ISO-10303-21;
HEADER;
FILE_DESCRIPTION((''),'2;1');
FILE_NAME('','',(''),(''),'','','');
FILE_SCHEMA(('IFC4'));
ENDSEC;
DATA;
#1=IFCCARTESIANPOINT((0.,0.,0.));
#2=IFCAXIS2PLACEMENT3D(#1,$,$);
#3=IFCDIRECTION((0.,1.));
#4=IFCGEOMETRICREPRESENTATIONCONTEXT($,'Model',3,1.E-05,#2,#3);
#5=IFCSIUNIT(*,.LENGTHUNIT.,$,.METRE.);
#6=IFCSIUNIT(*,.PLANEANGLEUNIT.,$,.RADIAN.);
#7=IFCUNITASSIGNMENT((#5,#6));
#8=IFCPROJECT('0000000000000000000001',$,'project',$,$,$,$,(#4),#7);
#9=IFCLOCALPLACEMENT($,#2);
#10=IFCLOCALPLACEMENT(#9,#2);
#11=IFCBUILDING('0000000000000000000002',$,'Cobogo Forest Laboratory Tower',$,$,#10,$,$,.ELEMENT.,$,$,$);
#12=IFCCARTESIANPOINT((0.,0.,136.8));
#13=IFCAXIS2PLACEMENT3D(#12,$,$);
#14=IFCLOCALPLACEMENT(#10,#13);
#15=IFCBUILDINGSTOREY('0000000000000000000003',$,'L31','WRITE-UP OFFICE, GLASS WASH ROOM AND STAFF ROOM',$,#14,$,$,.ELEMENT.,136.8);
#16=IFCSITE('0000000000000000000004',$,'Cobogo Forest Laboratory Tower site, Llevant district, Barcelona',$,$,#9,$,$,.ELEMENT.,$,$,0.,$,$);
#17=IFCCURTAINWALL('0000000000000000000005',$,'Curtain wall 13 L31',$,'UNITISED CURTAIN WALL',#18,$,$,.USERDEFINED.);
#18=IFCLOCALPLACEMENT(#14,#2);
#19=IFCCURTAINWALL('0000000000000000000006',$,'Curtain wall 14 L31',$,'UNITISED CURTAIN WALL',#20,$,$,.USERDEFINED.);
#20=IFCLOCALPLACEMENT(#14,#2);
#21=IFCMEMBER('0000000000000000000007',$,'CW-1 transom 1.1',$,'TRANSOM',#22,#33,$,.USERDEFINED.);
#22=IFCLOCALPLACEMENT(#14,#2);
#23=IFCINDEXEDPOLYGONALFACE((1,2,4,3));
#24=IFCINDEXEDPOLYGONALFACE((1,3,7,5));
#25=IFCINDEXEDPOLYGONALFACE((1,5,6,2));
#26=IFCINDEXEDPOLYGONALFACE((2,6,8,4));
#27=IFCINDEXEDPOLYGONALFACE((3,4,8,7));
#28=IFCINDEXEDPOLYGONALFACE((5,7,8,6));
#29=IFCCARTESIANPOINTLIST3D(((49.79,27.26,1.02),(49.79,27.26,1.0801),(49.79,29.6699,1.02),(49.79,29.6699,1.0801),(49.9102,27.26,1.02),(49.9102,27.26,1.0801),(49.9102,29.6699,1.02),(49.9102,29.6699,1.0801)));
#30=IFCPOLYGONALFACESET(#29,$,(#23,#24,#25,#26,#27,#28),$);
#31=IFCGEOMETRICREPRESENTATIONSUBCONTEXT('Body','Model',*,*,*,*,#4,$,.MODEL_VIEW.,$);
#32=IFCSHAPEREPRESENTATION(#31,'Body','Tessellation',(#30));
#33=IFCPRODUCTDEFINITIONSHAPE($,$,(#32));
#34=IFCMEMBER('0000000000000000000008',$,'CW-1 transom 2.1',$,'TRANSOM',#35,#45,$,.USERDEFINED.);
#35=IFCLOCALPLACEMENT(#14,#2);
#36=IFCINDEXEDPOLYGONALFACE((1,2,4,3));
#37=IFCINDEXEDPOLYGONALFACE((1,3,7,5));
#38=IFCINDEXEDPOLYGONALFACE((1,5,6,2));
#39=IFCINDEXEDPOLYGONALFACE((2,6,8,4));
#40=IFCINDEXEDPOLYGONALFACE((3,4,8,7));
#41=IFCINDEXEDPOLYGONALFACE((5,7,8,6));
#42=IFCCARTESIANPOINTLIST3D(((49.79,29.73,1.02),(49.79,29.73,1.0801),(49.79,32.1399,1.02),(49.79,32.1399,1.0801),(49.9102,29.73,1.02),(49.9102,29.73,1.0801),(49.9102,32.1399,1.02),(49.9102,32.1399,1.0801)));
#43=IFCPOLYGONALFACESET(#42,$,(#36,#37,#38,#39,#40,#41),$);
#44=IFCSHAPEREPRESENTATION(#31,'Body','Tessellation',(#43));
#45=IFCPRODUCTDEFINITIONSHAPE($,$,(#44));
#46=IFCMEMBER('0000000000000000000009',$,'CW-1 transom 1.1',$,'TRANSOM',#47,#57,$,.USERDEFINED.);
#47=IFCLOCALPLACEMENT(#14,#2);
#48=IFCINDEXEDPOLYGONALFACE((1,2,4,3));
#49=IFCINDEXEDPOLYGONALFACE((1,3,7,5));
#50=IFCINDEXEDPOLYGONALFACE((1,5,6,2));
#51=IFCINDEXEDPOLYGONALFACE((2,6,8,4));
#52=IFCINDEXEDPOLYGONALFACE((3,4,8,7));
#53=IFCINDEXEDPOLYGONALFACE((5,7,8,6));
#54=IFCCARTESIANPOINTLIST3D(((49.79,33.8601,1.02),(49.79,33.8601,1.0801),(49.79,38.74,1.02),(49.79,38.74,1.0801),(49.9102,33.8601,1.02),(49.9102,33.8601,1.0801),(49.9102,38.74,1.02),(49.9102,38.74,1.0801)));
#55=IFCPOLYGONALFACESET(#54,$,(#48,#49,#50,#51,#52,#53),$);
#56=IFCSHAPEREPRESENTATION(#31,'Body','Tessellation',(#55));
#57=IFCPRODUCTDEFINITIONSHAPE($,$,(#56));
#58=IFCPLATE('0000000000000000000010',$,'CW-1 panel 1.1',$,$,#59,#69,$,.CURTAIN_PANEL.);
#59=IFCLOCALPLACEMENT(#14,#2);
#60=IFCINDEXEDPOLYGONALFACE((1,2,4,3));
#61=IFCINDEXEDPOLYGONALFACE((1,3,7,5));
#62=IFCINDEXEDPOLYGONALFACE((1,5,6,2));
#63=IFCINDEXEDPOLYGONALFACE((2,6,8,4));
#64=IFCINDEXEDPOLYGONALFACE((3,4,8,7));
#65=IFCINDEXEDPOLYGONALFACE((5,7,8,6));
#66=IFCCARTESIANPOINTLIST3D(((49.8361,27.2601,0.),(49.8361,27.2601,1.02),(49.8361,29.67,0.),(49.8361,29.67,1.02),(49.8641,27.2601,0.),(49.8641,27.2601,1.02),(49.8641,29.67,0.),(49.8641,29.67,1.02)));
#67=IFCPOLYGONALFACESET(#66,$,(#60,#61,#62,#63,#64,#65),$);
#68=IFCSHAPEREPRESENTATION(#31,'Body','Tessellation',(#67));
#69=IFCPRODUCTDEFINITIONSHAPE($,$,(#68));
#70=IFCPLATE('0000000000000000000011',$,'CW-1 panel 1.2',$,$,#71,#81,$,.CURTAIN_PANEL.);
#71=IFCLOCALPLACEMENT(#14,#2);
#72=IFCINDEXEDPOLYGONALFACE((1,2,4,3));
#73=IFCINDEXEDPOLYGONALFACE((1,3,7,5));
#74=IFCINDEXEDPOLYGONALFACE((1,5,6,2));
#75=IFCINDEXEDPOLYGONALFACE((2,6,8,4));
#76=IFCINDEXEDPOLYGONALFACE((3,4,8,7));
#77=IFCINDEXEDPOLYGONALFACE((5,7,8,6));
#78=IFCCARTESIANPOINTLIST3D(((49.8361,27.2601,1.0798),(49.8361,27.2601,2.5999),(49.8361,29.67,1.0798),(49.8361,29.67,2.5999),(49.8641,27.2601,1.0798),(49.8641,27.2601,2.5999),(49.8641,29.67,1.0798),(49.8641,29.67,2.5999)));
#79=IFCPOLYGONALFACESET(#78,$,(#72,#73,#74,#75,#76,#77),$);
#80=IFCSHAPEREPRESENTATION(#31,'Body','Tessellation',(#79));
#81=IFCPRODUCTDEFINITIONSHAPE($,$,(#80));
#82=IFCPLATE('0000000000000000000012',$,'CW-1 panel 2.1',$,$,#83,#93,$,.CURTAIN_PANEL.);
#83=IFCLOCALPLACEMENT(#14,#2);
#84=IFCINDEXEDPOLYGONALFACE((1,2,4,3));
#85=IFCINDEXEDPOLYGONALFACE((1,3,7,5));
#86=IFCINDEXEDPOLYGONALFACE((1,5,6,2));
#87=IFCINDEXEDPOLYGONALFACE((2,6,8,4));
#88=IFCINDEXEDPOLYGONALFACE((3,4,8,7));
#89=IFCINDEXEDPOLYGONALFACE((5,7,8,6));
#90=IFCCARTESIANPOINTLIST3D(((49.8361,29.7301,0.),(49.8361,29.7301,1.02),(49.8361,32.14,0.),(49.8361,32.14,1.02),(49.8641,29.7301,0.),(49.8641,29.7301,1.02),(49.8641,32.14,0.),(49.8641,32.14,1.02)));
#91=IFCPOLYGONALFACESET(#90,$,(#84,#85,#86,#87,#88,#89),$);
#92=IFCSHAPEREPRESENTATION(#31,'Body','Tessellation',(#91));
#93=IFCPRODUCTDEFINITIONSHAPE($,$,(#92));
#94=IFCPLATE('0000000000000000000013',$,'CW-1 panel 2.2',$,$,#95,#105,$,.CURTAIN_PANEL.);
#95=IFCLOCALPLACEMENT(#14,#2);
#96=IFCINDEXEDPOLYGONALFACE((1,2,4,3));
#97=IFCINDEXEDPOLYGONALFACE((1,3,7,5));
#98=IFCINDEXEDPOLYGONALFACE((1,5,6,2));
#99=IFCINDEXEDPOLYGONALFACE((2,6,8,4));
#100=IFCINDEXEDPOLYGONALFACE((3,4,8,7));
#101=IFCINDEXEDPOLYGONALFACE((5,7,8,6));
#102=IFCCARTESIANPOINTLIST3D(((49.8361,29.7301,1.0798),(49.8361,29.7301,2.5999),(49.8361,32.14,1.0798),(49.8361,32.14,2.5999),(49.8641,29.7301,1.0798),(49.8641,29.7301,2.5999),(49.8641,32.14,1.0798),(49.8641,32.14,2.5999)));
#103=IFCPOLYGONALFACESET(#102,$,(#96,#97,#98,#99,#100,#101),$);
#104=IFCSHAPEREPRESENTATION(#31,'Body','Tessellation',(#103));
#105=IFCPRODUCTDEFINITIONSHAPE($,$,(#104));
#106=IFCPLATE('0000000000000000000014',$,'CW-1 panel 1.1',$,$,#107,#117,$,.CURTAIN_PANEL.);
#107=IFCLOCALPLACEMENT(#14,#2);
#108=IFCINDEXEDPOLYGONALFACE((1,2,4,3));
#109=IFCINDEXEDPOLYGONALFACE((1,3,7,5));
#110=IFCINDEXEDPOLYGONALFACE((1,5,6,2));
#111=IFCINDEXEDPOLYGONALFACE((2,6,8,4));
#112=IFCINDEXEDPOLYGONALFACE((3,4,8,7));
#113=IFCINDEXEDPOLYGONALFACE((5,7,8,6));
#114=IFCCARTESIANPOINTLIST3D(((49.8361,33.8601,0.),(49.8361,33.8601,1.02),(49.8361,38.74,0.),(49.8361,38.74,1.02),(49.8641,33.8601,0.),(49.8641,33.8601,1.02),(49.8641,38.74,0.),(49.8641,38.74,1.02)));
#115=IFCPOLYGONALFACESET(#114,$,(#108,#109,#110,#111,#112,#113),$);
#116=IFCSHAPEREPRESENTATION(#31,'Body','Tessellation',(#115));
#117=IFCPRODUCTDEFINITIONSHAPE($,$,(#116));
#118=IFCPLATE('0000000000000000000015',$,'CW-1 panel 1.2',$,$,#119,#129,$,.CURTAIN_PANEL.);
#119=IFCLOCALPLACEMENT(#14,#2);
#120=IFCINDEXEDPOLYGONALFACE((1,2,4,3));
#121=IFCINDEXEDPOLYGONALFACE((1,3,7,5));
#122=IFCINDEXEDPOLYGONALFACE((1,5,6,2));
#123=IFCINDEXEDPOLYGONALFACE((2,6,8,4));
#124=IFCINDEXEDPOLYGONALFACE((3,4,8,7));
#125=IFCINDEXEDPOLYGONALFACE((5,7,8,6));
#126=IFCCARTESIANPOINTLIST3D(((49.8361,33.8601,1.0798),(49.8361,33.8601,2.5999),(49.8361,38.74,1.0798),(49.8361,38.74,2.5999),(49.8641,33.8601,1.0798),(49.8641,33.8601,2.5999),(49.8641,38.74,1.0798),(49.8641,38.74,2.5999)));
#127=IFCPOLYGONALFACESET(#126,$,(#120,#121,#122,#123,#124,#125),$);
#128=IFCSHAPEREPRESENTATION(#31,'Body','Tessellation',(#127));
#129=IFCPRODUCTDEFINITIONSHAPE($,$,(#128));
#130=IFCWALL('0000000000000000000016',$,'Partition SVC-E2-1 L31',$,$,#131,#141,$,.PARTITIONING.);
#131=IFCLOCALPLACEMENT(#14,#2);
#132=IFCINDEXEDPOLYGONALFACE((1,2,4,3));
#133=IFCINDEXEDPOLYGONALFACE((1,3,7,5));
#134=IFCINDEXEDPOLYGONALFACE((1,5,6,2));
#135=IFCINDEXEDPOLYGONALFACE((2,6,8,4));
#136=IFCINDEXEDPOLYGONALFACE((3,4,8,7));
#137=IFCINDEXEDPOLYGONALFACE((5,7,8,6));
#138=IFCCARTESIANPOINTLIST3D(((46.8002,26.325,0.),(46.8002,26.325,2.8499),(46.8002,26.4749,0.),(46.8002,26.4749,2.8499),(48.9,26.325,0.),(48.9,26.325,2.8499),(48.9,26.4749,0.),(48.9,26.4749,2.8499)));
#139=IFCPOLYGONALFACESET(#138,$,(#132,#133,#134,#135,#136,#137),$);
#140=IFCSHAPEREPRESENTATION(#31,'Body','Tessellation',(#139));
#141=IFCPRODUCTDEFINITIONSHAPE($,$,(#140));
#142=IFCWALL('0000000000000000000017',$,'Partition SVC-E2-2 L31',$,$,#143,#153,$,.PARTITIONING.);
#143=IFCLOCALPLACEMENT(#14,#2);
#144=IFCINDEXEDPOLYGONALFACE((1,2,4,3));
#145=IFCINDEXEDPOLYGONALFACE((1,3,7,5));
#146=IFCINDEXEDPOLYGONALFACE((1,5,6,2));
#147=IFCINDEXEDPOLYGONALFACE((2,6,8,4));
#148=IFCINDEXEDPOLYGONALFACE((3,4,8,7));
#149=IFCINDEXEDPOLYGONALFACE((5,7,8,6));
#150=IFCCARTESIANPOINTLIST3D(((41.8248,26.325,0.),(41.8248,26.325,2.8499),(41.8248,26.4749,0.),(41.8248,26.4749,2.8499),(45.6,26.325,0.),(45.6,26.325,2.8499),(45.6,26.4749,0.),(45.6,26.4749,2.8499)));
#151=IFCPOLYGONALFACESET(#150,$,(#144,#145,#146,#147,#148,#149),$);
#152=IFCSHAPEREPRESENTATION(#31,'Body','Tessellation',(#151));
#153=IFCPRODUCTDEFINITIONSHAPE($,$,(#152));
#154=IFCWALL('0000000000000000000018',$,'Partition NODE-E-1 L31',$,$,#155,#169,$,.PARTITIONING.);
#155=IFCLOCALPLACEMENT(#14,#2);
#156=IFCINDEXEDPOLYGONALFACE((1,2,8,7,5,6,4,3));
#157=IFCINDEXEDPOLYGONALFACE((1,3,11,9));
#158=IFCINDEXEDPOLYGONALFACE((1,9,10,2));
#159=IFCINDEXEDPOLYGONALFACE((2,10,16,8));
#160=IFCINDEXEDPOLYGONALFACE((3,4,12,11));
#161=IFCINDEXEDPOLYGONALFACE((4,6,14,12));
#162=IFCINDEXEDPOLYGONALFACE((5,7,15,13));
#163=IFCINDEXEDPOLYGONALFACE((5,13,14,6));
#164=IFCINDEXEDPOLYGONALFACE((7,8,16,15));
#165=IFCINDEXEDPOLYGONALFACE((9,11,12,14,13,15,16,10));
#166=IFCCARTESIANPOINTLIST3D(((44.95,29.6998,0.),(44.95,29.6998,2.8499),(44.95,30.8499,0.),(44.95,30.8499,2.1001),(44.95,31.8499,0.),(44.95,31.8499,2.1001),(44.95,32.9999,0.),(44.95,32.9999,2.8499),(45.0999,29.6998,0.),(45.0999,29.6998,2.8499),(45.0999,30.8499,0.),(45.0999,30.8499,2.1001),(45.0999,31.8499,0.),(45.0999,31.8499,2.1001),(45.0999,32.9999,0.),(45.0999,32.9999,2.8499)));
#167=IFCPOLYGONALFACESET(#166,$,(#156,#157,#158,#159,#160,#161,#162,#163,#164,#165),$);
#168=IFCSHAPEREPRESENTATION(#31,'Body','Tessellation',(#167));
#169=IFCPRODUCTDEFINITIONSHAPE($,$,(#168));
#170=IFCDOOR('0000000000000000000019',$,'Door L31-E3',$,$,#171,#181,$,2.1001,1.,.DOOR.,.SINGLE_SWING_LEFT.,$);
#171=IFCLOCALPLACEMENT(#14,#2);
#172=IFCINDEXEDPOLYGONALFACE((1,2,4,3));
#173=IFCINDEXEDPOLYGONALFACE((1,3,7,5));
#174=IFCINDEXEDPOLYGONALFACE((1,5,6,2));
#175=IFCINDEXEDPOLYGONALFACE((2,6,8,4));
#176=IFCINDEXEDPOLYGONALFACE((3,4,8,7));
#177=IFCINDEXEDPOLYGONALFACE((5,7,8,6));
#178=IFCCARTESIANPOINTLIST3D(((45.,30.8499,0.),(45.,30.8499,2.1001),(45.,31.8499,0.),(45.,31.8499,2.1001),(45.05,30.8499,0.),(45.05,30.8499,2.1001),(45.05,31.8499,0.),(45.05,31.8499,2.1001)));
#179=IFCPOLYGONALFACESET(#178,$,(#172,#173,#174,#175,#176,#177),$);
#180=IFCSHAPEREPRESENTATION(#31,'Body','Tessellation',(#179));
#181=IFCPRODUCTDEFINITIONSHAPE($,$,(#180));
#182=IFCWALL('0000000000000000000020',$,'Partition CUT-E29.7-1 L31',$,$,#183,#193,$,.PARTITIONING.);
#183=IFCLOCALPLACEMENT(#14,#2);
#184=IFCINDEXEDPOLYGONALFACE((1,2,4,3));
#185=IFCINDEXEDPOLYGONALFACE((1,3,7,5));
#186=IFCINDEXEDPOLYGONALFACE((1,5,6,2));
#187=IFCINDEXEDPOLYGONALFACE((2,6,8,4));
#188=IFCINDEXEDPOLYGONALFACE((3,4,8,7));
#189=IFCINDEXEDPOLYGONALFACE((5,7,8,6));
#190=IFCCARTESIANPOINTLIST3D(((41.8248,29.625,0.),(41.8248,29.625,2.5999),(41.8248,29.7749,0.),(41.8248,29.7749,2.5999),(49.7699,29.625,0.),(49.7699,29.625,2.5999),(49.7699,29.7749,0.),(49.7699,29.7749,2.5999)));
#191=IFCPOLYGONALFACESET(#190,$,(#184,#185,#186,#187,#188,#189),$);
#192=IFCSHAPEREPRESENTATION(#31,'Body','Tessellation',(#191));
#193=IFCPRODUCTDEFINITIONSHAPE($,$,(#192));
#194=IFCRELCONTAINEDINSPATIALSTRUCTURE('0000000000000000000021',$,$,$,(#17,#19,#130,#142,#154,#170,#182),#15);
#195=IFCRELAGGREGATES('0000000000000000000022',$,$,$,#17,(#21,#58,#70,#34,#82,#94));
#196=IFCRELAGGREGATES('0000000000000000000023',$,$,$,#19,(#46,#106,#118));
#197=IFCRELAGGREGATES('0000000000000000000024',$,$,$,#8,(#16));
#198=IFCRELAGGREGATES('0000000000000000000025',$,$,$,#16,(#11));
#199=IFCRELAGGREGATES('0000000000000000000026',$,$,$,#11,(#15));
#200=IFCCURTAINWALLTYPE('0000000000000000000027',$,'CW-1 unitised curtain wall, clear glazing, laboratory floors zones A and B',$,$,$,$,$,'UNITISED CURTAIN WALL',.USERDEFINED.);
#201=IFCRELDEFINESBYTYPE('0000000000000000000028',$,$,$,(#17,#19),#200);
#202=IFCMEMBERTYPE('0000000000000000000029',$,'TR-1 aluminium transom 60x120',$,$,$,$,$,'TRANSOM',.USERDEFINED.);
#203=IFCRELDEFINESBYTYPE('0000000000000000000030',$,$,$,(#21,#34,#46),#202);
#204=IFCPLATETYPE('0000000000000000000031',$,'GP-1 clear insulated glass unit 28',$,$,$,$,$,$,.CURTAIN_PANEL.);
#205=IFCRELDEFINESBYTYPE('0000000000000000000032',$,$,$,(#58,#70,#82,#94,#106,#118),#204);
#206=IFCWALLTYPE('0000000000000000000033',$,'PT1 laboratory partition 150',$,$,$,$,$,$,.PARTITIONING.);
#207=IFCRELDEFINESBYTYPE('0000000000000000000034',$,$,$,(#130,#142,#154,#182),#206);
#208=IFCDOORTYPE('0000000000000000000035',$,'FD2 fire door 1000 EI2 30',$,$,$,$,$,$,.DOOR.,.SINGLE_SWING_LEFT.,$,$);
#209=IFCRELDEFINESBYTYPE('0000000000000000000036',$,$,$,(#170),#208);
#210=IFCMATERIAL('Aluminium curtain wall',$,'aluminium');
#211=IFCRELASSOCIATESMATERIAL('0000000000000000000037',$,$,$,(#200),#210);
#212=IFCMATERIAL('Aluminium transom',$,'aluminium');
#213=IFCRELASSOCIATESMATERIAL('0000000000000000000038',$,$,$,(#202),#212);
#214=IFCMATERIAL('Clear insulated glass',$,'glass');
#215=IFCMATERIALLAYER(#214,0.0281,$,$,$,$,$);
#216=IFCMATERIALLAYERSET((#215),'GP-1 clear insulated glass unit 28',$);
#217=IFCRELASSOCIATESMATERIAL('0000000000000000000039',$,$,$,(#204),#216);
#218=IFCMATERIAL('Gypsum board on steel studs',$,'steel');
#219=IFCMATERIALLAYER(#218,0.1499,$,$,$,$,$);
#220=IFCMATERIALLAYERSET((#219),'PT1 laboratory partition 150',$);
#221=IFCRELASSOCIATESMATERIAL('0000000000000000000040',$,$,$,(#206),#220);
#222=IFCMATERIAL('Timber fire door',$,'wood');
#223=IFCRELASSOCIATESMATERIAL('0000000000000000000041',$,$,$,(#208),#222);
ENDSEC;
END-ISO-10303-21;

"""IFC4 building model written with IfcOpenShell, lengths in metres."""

from ifc_helpers import new_model, si_unit, direction, frame, frame_2d, origin, origin_2d, place, context, subcontext, project, spatial, rectangle, extrude, material, layer, layer_set, material_profile, profile_set, type_object, element, fill, aggregate, save


model = new_model("IFC4")

# Units and contexts
model_context = context("Model", 3, precision=1e-05, world=origin(), true_north=direction((0.0, 1.0)))
body_context = subcontext(model_context, "Body", "Model", "MODEL_VIEW")
ifc_project = project(units=[si_unit("LENGTHUNIT", "METRE"), si_unit("PLANEANGLEUNIT", "RADIAN")], contexts=[model_context])

# Site, building, storey
site_placement = place(None, origin())
site = spatial("IfcSite", under=ifc_project, at=site_placement, Name="Cobogo Forest Laboratory Tower site, Llevant district, Barcelona", CompositionType="ELEMENT", RefElevation=0.0)
building_placement = place(site_placement, origin())
building = spatial("IfcBuilding", under=site, at=building_placement, Name="Cobogo Forest Laboratory Tower", CompositionType="ELEMENT")
storey_placement = place(building_placement, frame((0.0, 0.0, 136.8)))
storey = spatial("IfcBuildingStorey", under=building, at=storey_placement, Name="L31", Description="WRITE-UP OFFICE, GLASS WASH ROOM AND STAFF ROOM", CompositionType="ELEMENT", Elevation=136.8)

# Curtain walls
ifc_material_1 = material(Name="Aluminium curtain wall", Category="aluminium")
curtain_wall_type = type_object("IfcCurtainWallType", Name="CW-1 unitised curtain wall, clear glazing, laboratory floors zones A and B", ElementType="UNITISED CURTAIN WALL", PredefinedType="USERDEFINED", material=ifc_material_1)
curtain_wall_1_placement = place(storey_placement, origin())
curtain_wall_1 = element("IfcCurtainWall", 1, at=curtain_wall_1_placement, inside=storey, type_object=curtain_wall_type, Name="Curtain wall 13 L31", ObjectType="UNITISED CURTAIN WALL", PredefinedType="USERDEFINED")
curtain_wall_2_placement = place(storey_placement, origin())
curtain_wall_2 = element("IfcCurtainWall", 2, at=curtain_wall_2_placement, inside=storey, type_object=curtain_wall_type, Name="Curtain wall 14 L31", ObjectType="UNITISED CURTAIN WALL", PredefinedType="USERDEFINED")

# Members
ifc_material_2 = material(Name="Aluminium transom", Category="aluminium")
ifc_material_profile_1 = material_profile(ifc_material_2, rectangle(XDim=0.1201, YDim=0.0601, at=origin_2d()), Name="AL 60x120")
ifc_profile_set_1 = profile_set([ifc_material_profile_1], Name="Aluminium transom")
member_type_1 = type_object("IfcMemberType", Name="TR-1 aluminium transom 60x120", ElementType="TRANSOM", PredefinedType="USERDEFINED", material=ifc_profile_set_1)
member_1_placement = place(storey_placement, frame((49.8501, 27.26, 1.05), z_axis=(0.0, 1.0, 0.0), x_axis=(-1.0, 0.0, 0.0)))
member_1 = element("IfcMember", 3, at=member_1_placement, type_object=member_type_1, Name="CW-1 transom 1.1", ObjectType="TRANSOM", PredefinedType="USERDEFINED", context=body_context, shape_type="SweptSolid", body=[
    extrude(rectangle(XDim=0.1201, YDim=0.0601, at=origin_2d()), origin(), (0.0, 0.0, 1.0), 2.4099),
])
member_2_placement = place(storey_placement, frame((49.8501, 29.73, 1.05), z_axis=(0.0, 1.0, 0.0), x_axis=(-1.0, 0.0, 0.0)))
member_2 = element("IfcMember", 4, at=member_2_placement, type_object=member_type_1, Name="CW-1 transom 2.1", ObjectType="TRANSOM", PredefinedType="USERDEFINED", context=body_context, shape_type="SweptSolid", body=[
    extrude(rectangle(XDim=0.1201, YDim=0.0601, at=origin_2d()), origin(), (0.0, 0.0, 1.0), 2.4099),
])
member_3_placement = place(storey_placement, frame((49.8501, 33.8601, 1.05), z_axis=(0.0, 1.0, 0.0), x_axis=(-1.0, 0.0, 0.0)))
member_3 = element("IfcMember", 5, at=member_3_placement, type_object=member_type_1, Name="CW-1 transom 1.1", ObjectType="TRANSOM", PredefinedType="USERDEFINED", context=body_context, shape_type="SweptSolid", body=[
    extrude(rectangle(XDim=0.1201, YDim=0.0601, at=origin_2d()), origin(), (0.0, 0.0, 1.0), 4.8799),
])

# Plates
ifc_material_3 = material(Name="Clear insulated glass", Category="glass")
ifc_layer_1 = layer(ifc_material_3, 0.0281)
ifc_layer_set_1 = layer_set([ifc_layer_1], Name="GP-1 clear insulated glass unit 28")
plate_type_1 = type_object("IfcPlateType", Name="GP-1 clear insulated glass unit 28", PredefinedType="CURTAIN_PANEL", material=ifc_layer_set_1)
plate_1_placement = place(storey_placement, frame((49.8501, 28.4651, 0.0), z_axis=(0.0, 0.0, 1.0), x_axis=(0.0, 1.0, 0.0)))
plate_1 = element("IfcPlate", 6, at=plate_1_placement, type_object=plate_type_1, Name="CW-1 panel 1.1", PredefinedType="CURTAIN_PANEL", context=body_context, shape_type="SweptSolid", body=[
    extrude(rectangle(XDim=2.4099, YDim=0.0281, at=origin_2d()), origin(), (0.0, 0.0, 1.0), 1.02),
])
plate_2_placement = place(storey_placement, frame((49.8501, 28.4651, 1.0798), z_axis=(0.0, 0.0, 1.0), x_axis=(0.0, 1.0, 0.0)))
plate_2 = element("IfcPlate", 7, at=plate_2_placement, type_object=plate_type_1, Name="CW-1 panel 1.2", PredefinedType="CURTAIN_PANEL", context=body_context, shape_type="SweptSolid", body=[
    extrude(rectangle(XDim=2.4099, YDim=0.0281, at=origin_2d()), origin(), (0.0, 0.0, 1.0), 1.52),
])
plate_3_placement = place(storey_placement, frame((49.8501, 30.9351, 0.0), z_axis=(0.0, 0.0, 1.0), x_axis=(0.0, 1.0, 0.0)))
plate_3 = element("IfcPlate", 8, at=plate_3_placement, type_object=plate_type_1, Name="CW-1 panel 2.1", PredefinedType="CURTAIN_PANEL", context=body_context, shape_type="SweptSolid", body=[
    extrude(rectangle(XDim=2.4099, YDim=0.0281, at=origin_2d()), origin(), (0.0, 0.0, 1.0), 1.02),
])
plate_4_placement = place(storey_placement, frame((49.8501, 30.9351, 1.0798), z_axis=(0.0, 0.0, 1.0), x_axis=(0.0, 1.0, 0.0)))
plate_4 = element("IfcPlate", 9, at=plate_4_placement, type_object=plate_type_1, Name="CW-1 panel 2.2", PredefinedType="CURTAIN_PANEL", context=body_context, shape_type="SweptSolid", body=[
    extrude(rectangle(XDim=2.4099, YDim=0.0281, at=origin_2d()), origin(), (0.0, 0.0, 1.0), 1.52),
])
aggregate(curtain_wall_1, [member_1, plate_1, plate_2, member_2, plate_3, plate_4])
plate_5_placement = place(storey_placement, frame((49.8501, 36.3, 0.0), z_axis=(0.0, 0.0, 1.0), x_axis=(0.0, 1.0, 0.0)))
plate_5 = element("IfcPlate", 10, at=plate_5_placement, type_object=plate_type_1, Name="CW-1 panel 1.1", PredefinedType="CURTAIN_PANEL", context=body_context, shape_type="SweptSolid", body=[
    extrude(rectangle(XDim=4.8799, YDim=0.0281, at=origin_2d()), origin(), (0.0, 0.0, 1.0), 1.02),
])
plate_6_placement = place(storey_placement, frame((49.8501, 36.3, 1.0798), z_axis=(0.0, 0.0, 1.0), x_axis=(0.0, 1.0, 0.0)))
plate_6 = element("IfcPlate", 11, at=plate_6_placement, type_object=plate_type_1, Name="CW-1 panel 1.2", PredefinedType="CURTAIN_PANEL", context=body_context, shape_type="SweptSolid", body=[
    extrude(rectangle(XDim=4.8799, YDim=0.0281, at=origin_2d()), origin(), (0.0, 0.0, 1.0), 1.52),
])
aggregate(curtain_wall_2, [member_3, plate_5, plate_6])

# Walls
ifc_material_4 = material(Name="Gypsum board on steel studs", Category="steel")
ifc_layer_2 = layer(ifc_material_4, 0.1499)
ifc_layer_set_2 = layer_set([ifc_layer_2], Name="PT1 laboratory partition 150")
wall_type = type_object("IfcWallType", Name="PT1 laboratory partition 150", PredefinedType="PARTITIONING", material=ifc_layer_set_2)
wall_1_placement = place(storey_placement, frame((48.8999, 26.3999, 0.0), z_axis=(0.0, 0.0, 1.0), x_axis=(-1.0, 0.0, 0.0)))
element("IfcWall", 12, at=wall_1_placement, inside=storey, type_object=wall_type, Name="Partition SVC-E2-1 L31", PredefinedType="PARTITIONING", context=body_context, shape_type="SweptSolid", body=[
    extrude(rectangle(XDim=2.0999, YDim=0.1499, at=frame_2d((1.0498, 0.0))), origin(), (0.0, 0.0, 1.0), 2.8499),
])
wall_2_placement = place(storey_placement, frame((45.6001, 26.3999, 0.0), z_axis=(0.0, 0.0, 1.0), x_axis=(-1.0, 0.0, 0.0)))
element("IfcWall", 13, at=wall_2_placement, inside=storey, type_object=wall_type, Name="Partition SVC-E2-2 L31", PredefinedType="PARTITIONING", context=body_context, shape_type="SweptSolid", body=[
    extrude(rectangle(XDim=3.7751, YDim=0.1499, at=frame_2d((1.8877, 0.0))), origin(), (0.0, 0.0, 1.0), 2.8499),
])

# Wall, opening, door
wall_3_placement = place(storey_placement, frame((45.0249, 29.7, 0.0), z_axis=(0.0, 0.0, 1.0), x_axis=(0.0, 1.0, 0.0)))
wall_3 = element("IfcWall", 14, at=wall_3_placement, inside=storey, type_object=wall_type, Name="Partition NODE-E-1 L31", PredefinedType="PARTITIONING", context=body_context, shape_type="SweptSolid", body=[
    extrude(rectangle(XDim=3.3, YDim=0.1499, at=frame_2d((1.6499, 0.0))), origin(), (0.0, 0.0, 1.0), 2.8499),
])
opening_placement = place(wall_3_placement, frame((1.1499, 0.0, 0.0)))
opening = element("IfcOpeningElement", 15, at=opening_placement, cuts=wall_3, PredefinedType="OPENING", context=body_context, shape_type="SweptSolid", body=[
    extrude(rectangle(XDim=1.0, YDim=2.1001, at=frame_2d((0.5, 1.05))), frame((0.0, 0.085, 0.0), z_axis=(0.0, -1.0, 0.0), x_axis=(1.0, 0.0, 0.0)), (0.0, 0.0, 1.0), 0.1699),
])
ifc_material_5 = material(Name="Timber fire door", Category="wood")
door_type = type_object("IfcDoorType", Name="FD2 fire door 1000 EI2 30", OperationType="SINGLE_SWING_LEFT", PredefinedType="DOOR", material=ifc_material_5)
door_placement = place(opening_placement, origin())
door = element("IfcDoor", 16, at=door_placement, inside=storey, type_object=door_type, Name="Door L31-E3", OperationType="SINGLE_SWING_LEFT", OverallHeight=2.1001, OverallWidth=1.0, PredefinedType="DOOR", context=body_context, shape_type="SweptSolid", body=[
    extrude(rectangle(XDim=1.0, YDim=2.1001, at=frame_2d((0.5, 1.05))), frame((0.0, 0.0249, 0.0), z_axis=(0.0, -1.0, 0.0), x_axis=(1.0, 0.0, 0.0)), (0.0, 0.0, 1.0), 0.05),
])
fill(opening, door)

# Wall
wall_4_placement = place(storey_placement, frame((49.77, 29.7, 0.0), z_axis=(0.0, 0.0, 1.0), x_axis=(-1.0, 0.0, 0.0)))
element("IfcWall", 17, at=wall_4_placement, inside=storey, type_object=wall_type, Name="Partition CUT-E29.7-1 L31", PredefinedType="PARTITIONING", context=body_context, shape_type="SweptSolid", body=[
    extrude(rectangle(XDim=7.9451, YDim=0.1499, at=frame_2d((3.9727, 0.0))), origin(), (0.0, 0.0, 1.0), 2.5999),
])

save(model, "model.ifc")
